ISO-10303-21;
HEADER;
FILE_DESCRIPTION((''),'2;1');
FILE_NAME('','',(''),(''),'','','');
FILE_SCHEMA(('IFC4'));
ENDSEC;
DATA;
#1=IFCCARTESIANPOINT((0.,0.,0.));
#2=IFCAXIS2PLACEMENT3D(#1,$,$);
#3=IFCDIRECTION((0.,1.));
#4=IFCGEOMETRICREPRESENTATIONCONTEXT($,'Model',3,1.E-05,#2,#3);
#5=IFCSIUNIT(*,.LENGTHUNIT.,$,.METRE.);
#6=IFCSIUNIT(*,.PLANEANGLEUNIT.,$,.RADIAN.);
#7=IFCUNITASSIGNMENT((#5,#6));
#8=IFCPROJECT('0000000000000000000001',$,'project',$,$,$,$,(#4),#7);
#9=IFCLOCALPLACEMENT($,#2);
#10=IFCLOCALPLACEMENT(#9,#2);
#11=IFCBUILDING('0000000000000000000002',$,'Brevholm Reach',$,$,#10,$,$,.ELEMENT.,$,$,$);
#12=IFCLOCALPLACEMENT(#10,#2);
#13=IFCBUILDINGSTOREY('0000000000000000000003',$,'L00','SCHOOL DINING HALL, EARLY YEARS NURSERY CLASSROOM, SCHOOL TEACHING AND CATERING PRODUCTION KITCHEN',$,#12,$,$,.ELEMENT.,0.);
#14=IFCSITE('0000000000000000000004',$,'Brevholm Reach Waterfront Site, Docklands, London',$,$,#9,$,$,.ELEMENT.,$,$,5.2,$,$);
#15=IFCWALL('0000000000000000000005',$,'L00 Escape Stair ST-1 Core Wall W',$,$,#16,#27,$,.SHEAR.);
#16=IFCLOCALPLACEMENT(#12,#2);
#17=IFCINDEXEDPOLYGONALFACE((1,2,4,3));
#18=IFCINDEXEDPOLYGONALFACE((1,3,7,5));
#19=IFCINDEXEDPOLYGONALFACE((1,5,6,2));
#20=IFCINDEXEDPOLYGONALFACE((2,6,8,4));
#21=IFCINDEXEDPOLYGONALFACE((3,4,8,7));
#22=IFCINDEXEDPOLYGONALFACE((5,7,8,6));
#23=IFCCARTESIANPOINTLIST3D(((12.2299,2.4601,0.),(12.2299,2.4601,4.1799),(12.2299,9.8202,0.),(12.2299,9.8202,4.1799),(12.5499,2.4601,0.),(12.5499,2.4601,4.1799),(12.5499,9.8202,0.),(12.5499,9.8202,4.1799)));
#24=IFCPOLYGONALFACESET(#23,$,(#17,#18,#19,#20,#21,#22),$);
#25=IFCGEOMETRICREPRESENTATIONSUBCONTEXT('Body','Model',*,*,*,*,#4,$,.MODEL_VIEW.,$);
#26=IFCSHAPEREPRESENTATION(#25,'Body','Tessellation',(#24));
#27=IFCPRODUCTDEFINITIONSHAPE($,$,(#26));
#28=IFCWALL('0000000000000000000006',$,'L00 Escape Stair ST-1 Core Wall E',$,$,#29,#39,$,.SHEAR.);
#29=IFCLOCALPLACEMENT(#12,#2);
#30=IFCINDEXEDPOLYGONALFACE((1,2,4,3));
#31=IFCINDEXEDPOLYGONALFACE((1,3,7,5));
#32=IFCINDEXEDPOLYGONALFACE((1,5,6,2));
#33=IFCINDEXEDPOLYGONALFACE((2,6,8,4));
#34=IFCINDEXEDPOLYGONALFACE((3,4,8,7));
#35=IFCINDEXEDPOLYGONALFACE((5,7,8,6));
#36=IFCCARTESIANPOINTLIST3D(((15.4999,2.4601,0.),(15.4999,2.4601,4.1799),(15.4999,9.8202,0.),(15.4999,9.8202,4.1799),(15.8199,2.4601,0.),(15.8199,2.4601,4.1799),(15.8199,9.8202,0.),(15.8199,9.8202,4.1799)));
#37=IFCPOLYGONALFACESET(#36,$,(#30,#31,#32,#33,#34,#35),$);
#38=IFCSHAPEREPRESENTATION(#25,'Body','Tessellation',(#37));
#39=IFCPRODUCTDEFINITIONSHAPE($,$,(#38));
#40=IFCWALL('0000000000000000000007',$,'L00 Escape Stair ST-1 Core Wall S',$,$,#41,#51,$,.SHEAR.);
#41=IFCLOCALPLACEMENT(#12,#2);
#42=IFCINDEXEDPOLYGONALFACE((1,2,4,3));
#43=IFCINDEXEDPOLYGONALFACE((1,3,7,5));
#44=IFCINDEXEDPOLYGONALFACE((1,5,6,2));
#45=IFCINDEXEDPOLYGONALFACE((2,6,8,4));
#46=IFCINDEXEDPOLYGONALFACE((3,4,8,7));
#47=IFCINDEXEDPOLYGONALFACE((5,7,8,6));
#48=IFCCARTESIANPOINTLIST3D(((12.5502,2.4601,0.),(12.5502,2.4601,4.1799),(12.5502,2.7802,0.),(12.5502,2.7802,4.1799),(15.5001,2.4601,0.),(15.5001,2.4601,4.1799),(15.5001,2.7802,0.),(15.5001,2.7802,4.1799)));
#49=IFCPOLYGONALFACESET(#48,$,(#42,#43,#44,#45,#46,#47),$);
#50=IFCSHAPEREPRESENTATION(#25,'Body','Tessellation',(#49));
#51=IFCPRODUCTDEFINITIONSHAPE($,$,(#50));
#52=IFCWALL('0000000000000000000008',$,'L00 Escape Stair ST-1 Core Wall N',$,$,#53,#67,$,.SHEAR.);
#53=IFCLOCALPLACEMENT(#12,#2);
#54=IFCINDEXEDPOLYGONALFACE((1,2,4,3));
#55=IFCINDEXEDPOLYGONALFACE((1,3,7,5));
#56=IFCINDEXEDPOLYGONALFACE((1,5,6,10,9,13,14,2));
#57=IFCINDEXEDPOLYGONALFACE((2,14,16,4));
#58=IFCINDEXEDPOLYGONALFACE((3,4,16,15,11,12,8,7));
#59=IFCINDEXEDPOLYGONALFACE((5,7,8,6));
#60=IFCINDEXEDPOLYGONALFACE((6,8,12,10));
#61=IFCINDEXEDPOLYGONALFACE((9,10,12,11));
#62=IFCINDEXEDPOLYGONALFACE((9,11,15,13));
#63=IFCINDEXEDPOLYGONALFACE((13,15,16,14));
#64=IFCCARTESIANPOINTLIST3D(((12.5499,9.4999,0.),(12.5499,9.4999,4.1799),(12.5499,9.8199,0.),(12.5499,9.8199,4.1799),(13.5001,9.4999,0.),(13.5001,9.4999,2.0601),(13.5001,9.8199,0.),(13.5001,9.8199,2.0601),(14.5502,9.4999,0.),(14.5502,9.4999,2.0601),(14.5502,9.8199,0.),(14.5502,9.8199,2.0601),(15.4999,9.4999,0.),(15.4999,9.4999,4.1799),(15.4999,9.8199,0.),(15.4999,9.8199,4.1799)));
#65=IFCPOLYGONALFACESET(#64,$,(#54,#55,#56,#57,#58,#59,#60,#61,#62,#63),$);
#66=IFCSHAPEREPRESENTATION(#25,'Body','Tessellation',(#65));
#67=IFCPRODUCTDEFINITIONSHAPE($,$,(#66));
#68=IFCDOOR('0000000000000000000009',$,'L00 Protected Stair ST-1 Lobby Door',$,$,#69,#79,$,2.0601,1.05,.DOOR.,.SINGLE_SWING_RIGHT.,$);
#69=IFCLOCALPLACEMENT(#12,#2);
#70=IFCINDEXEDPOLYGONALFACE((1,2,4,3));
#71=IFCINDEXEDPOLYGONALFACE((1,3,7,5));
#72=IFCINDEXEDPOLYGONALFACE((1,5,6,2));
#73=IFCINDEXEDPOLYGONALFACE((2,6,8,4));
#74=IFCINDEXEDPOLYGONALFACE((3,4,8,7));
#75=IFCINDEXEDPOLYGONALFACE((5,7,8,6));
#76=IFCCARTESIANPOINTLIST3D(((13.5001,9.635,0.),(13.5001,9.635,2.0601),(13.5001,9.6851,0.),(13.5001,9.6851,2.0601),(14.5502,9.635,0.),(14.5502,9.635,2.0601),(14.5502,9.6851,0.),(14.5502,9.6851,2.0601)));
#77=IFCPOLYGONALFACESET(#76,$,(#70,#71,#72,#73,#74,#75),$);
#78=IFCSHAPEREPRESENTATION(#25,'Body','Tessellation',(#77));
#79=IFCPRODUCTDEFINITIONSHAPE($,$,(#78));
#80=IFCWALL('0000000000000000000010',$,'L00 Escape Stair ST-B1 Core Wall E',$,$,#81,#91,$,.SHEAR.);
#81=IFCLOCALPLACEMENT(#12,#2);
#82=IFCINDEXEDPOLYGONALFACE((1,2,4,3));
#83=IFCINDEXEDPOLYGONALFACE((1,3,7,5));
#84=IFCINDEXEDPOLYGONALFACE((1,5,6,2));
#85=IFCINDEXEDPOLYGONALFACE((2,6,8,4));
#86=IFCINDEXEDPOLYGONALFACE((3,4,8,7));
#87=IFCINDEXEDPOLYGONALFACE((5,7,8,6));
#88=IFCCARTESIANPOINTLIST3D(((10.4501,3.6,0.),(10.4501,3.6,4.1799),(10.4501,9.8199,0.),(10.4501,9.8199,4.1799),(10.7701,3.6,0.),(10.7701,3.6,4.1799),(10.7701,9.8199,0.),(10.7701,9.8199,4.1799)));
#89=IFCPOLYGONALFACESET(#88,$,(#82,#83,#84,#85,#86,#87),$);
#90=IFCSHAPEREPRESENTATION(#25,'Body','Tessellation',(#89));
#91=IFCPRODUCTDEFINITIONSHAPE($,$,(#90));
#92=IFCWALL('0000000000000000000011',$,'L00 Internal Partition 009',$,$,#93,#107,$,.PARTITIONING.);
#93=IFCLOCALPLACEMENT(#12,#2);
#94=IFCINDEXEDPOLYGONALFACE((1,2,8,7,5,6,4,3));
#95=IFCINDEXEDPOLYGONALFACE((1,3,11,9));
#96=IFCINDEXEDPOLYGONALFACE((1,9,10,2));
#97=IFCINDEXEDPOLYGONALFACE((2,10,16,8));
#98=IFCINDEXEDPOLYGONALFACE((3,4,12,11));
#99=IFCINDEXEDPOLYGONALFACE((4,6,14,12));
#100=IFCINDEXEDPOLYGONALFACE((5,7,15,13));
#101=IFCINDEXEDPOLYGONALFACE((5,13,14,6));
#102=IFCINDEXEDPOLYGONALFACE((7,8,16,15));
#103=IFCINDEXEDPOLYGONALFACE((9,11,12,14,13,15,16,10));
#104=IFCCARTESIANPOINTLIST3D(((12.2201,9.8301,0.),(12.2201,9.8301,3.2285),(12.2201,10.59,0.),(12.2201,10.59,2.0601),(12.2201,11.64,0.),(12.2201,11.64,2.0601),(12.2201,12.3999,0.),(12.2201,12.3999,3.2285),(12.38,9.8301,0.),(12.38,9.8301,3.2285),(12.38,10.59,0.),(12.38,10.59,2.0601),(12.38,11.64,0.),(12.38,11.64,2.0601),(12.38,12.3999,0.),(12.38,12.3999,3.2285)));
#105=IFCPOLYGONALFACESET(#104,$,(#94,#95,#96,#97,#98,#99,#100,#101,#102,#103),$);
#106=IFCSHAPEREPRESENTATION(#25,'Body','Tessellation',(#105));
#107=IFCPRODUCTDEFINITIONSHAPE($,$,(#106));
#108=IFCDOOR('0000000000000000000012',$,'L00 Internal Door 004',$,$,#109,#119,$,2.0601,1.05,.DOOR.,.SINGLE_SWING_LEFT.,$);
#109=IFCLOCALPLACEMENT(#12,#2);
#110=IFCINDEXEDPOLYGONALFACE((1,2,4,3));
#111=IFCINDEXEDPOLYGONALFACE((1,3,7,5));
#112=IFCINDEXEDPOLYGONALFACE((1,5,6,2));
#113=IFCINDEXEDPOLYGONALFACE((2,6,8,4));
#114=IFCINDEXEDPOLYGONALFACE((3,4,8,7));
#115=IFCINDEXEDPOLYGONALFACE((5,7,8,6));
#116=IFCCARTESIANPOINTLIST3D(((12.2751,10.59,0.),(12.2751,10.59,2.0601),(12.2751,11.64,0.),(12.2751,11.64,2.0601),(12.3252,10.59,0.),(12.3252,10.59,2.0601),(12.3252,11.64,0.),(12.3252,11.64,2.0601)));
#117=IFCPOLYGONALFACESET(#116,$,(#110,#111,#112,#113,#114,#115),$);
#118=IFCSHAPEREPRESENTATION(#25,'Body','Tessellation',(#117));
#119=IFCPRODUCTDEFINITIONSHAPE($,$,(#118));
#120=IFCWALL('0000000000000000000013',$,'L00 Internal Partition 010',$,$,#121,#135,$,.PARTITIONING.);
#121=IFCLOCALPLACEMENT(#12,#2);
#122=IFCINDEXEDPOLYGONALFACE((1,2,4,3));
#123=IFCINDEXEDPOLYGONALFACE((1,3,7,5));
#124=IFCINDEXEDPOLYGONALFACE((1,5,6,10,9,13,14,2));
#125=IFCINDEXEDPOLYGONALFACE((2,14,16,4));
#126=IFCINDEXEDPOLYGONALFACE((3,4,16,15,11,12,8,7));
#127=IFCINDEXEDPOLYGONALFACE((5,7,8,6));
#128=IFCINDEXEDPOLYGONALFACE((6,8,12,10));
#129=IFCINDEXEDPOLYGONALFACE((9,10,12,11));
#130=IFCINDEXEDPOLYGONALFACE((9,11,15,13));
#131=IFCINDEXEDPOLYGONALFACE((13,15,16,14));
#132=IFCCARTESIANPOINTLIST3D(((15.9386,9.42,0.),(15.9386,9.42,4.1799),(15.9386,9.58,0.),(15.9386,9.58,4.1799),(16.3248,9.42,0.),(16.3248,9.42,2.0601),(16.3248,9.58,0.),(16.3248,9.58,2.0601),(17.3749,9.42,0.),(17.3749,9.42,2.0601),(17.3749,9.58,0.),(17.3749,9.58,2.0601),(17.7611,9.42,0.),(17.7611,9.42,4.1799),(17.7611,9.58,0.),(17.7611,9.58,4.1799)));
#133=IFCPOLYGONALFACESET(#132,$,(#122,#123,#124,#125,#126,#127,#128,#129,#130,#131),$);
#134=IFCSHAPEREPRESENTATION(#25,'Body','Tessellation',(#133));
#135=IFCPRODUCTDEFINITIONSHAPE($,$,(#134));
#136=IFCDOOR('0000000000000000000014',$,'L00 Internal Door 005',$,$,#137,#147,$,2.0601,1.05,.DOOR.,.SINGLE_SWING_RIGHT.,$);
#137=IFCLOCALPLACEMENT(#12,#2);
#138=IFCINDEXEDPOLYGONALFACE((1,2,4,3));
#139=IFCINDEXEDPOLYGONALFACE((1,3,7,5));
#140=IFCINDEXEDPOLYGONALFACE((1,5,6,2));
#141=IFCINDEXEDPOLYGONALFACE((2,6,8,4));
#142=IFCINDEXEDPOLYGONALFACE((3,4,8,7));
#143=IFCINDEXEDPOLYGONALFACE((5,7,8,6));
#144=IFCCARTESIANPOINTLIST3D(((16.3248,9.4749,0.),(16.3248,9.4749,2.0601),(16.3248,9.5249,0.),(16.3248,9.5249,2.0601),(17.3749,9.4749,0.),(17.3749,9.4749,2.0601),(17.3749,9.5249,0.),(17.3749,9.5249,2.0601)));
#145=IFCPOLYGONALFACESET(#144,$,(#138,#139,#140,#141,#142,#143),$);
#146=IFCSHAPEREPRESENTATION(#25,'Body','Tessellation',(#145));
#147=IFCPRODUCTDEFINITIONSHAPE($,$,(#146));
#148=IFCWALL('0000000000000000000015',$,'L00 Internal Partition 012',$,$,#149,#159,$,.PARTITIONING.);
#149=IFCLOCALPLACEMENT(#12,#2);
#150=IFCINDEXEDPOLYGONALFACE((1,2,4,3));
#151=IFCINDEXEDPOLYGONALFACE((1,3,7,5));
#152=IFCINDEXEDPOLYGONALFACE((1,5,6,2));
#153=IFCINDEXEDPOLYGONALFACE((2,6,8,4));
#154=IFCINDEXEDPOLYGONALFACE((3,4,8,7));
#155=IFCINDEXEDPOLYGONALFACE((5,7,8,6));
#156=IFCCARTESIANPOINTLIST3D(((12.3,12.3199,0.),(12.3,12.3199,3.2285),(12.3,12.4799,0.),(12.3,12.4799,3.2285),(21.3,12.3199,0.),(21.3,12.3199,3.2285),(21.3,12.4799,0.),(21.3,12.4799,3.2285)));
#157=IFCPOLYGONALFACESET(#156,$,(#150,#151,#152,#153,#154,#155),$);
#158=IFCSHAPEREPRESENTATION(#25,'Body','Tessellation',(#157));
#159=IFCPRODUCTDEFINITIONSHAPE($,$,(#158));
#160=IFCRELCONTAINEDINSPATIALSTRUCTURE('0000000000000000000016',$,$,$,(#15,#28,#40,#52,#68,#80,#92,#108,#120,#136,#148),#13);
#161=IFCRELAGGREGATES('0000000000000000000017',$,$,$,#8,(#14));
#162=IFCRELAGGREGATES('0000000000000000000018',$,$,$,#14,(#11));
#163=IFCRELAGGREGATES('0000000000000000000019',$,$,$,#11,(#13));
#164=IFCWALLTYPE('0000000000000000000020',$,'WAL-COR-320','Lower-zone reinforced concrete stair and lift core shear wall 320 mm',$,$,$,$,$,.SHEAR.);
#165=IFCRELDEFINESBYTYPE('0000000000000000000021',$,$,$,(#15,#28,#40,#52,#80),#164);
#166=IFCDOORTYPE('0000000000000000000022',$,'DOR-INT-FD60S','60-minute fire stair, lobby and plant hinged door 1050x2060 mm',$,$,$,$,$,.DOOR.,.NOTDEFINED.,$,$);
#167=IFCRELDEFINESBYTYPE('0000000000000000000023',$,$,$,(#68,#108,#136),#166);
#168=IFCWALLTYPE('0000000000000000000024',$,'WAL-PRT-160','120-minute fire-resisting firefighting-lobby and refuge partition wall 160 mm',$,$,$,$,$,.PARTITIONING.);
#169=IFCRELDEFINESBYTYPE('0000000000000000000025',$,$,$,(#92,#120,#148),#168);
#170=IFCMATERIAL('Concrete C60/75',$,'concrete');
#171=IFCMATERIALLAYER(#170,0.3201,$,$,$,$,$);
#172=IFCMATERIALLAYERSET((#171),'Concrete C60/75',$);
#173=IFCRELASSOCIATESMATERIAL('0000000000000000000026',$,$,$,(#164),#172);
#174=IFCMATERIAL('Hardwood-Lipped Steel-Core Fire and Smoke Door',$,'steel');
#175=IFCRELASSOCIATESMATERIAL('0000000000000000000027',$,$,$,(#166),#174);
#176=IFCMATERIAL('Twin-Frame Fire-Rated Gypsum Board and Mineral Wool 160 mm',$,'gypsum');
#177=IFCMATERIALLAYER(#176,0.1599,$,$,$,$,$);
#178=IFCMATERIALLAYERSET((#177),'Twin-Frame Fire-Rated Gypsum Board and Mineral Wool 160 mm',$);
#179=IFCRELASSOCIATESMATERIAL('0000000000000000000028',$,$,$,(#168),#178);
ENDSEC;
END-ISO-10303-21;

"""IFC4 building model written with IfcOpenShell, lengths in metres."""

from ifc_helpers import new_model, si_unit, direction, frame, frame_2d, origin, place, context, subcontext, project, spatial, rectangle, extrude, material, layer, layer_set, type_object, element, fill, save


model = new_model("IFC4")

# Units and contexts
model_context = context("Model", 3, precision=1e-05, world=origin(), true_north=direction((0.0, 1.0)))
body_context = subcontext(model_context, "Body", "Model", "MODEL_VIEW")
ifc_project = project(units=[si_unit("LENGTHUNIT", "METRE"), si_unit("PLANEANGLEUNIT", "RADIAN")], contexts=[model_context])

# Site, building, storey
site_placement = place(None, origin())
site = spatial("IfcSite", under=ifc_project, at=site_placement, Name="Brevholm Reach Waterfront Site, Docklands, London", CompositionType="ELEMENT", RefElevation=5.2)
building_placement = place(site_placement, origin())
building = spatial("IfcBuilding", under=site, at=building_placement, Name="Brevholm Reach", CompositionType="ELEMENT")
storey_placement = place(building_placement, origin())
storey = spatial("IfcBuildingStorey", under=building, at=storey_placement, Name="L00", Description="SCHOOL DINING HALL, EARLY YEARS NURSERY CLASSROOM, SCHOOL TEACHING AND CATERING PRODUCTION KITCHEN", CompositionType="ELEMENT", Elevation=0.0)

# Walls
ifc_material_1 = material(Name="Concrete C60/75", Category="concrete")
ifc_layer_1 = layer(ifc_material_1, 0.3201)
ifc_layer_set_1 = layer_set([ifc_layer_1], Name="Concrete C60/75")
wall_type_1 = type_object("IfcWallType", Name="WAL-COR-320", Description="Lower-zone reinforced concrete stair and lift core shear wall 320 mm", PredefinedType="SHEAR", material=ifc_layer_set_1)
for number, where, z_axis, x_axis, name in (
    (1, (12.3899, 2.46, 0.0), (0.0, 0.0, 1.0), (0.0, 1.0, 0.0), "L00 Escape Stair ST-1 Core Wall W"),
    (2, (15.6599, 2.46, 0.0), (0.0, 0.0, 1.0), (0.0, 1.0, 0.0), "L00 Escape Stair ST-1 Core Wall E"),
):
    element("IfcWall", number, at=place(storey_placement, frame(where, z_axis=z_axis, x_axis=x_axis)), inside=storey, type_object=wall_type_1, Name=name, PredefinedType="SHEAR", context=body_context, shape_type="SweptSolid", body=[
        extrude(rectangle(XDim=7.3601, YDim=0.3201, at=frame_2d((3.6802, 0.0))), origin(), (0.0, 0.0, 1.0), 4.1799),
    ])
wall_1_placement = place(storey_placement, frame((12.55, 2.6201, 0.0), z_axis=(0.0, 0.0, 1.0), x_axis=(1.0, 0.0, 0.0)))
element("IfcWall", 3, at=wall_1_placement, inside=storey, type_object=wall_type_1, Name="L00 Escape Stair ST-1 Core Wall S", PredefinedType="SHEAR", context=body_context, shape_type="SweptSolid", body=[
    extrude(rectangle(XDim=2.95, YDim=0.3201, at=frame_2d((1.4751, 0.0))), origin(), (0.0, 0.0, 1.0), 4.1799),
])

# Wall, opening, door
wall_2_placement = place(storey_placement, frame((15.5, 9.6599, 0.0), z_axis=(0.0, 0.0, 1.0), x_axis=(-1.0, 0.0, 0.0)))
wall_2 = element("IfcWall", 4, at=wall_2_placement, inside=storey, type_object=wall_type_1, Name="L00 Escape Stair ST-1 Core Wall N", PredefinedType="SHEAR", context=body_context, shape_type="SweptSolid", body=[
    extrude(rectangle(XDim=2.95, YDim=0.3201, at=frame_2d((1.4751, 0.0))), origin(), (0.0, 0.0, 1.0), 4.1799),
])
opening_1_placement = place(wall_2_placement, frame((0.95, 0.0, 0.0)))
opening_1 = element("IfcOpeningElement", 5, at=opening_1_placement, cuts=wall_2, PredefinedType="OPENING", context=body_context, shape_type="SweptSolid", body=[
    extrude(rectangle(XDim=1.05, YDim=2.0601, at=frame_2d((0.5249, 1.03))), frame((0.0, 0.1699, 0.0), z_axis=(0.0, -1.0, 0.0), x_axis=(1.0, 0.0, 0.0)), (0.0, 0.0, 1.0), 0.3401),
])
ifc_material_2 = material(Name="Hardwood-Lipped Steel-Core Fire and Smoke Door", Category="steel")
door_type = type_object("IfcDoorType", Name="DOR-INT-FD60S", Description="60-minute fire stair, lobby and plant hinged door 1050x2060 mm", OperationType="NOTDEFINED", PredefinedType="DOOR", material=ifc_material_2)
door_1_placement = place(opening_1_placement, origin())
door_1 = element("IfcDoor", 6, at=door_1_placement, inside=storey, type_object=door_type, Name="L00 Protected Stair ST-1 Lobby Door", OperationType="SINGLE_SWING_RIGHT", OverallHeight=2.0601, OverallWidth=1.05, PredefinedType="DOOR", context=body_context, shape_type="SweptSolid", body=[
    extrude(rectangle(XDim=1.05, YDim=2.0601, at=frame_2d((0.5249, 1.03))), frame((0.0, 0.0249, 0.0), z_axis=(0.0, -1.0, 0.0), x_axis=(1.0, 0.0, 0.0)), (0.0, 0.0, 1.0), 0.05),
])
fill(opening_1, door_1)

# Wall
wall_3_placement = place(storey_placement, frame((10.6101, 3.6001, 0.0), z_axis=(0.0, 0.0, 1.0), x_axis=(0.0, 1.0, 0.0)))
element("IfcWall", 7, at=wall_3_placement, inside=storey, type_object=wall_type_1, Name="L00 Escape Stair ST-B1 Core Wall E", PredefinedType="SHEAR", context=body_context, shape_type="SweptSolid", body=[
    extrude(rectangle(XDim=6.22, YDim=0.3201, at=frame_2d((3.1099, 0.0))), origin(), (0.0, 0.0, 1.0), 4.1799),
])

# Walls, openings, doors
ifc_material_3 = material(Name="Twin-Frame Fire-Rated Gypsum Board and Mineral Wool 160 mm", Category="gypsum")
ifc_layer_2 = layer(ifc_material_3, 0.1599)
ifc_layer_set_2 = layer_set([ifc_layer_2], Name="Twin-Frame Fire-Rated Gypsum Board and Mineral Wool 160 mm")
wall_type_2 = type_object("IfcWallType", Name="WAL-PRT-160", Description="120-minute fire-resisting firefighting-lobby and refuge partition wall 160 mm", PredefinedType="PARTITIONING", material=ifc_layer_set_2)
wall_4_placement = place(storey_placement, frame((12.3, 9.8301, 0.0), z_axis=(0.0, 0.0, 1.0), x_axis=(0.0, 1.0, 0.0)))
wall_4 = element("IfcWall", 8, at=wall_4_placement, inside=storey, type_object=wall_type_2, Name="L00 Internal Partition 009", PredefinedType="PARTITIONING", context=body_context, shape_type="SweptSolid", body=[
    extrude(rectangle(XDim=2.5698, YDim=0.1599, at=frame_2d((1.2849, 0.0))), origin(), (0.0, 0.0, 1.0), 3.2285),
])
opening_2_placement = place(wall_4_placement, frame((0.76, 0.0, 0.0)))
opening_2 = element("IfcOpeningElement", 9, at=opening_2_placement, cuts=wall_4, PredefinedType="OPENING", context=body_context, shape_type="SweptSolid", body=[
    extrude(rectangle(XDim=1.05, YDim=2.0601, at=frame_2d((0.5249, 1.03))), frame((0.0, 0.0898, 0.0), z_axis=(0.0, -1.0, 0.0), x_axis=(1.0, 0.0, 0.0)), (0.0, 0.0, 1.0), 0.1799),
])
door_2_placement = place(opening_2_placement, origin())
door_2 = element("IfcDoor", 10, at=door_2_placement, inside=storey, type_object=door_type, Name="L00 Internal Door 004", OperationType="SINGLE_SWING_LEFT", OverallHeight=2.0601, OverallWidth=1.05, PredefinedType="DOOR", context=body_context, shape_type="SweptSolid", body=[
    extrude(rectangle(XDim=1.05, YDim=2.0601, at=frame_2d((0.5249, 1.03))), frame((0.0, 0.0249, 0.0), z_axis=(0.0, -1.0, 0.0), x_axis=(1.0, 0.0, 0.0)), (0.0, 0.0, 1.0), 0.05),
])
fill(opening_2, door_2)
wall_5_placement = place(storey_placement, frame((15.9387, 9.5, 0.0), z_axis=(0.0, 0.0, 1.0), x_axis=(1.0, 0.0, 0.0)))
wall_5 = element("IfcWall", 11, at=wall_5_placement, inside=storey, type_object=wall_type_2, Name="L00 Internal Partition 010", PredefinedType="PARTITIONING", context=body_context, shape_type="SweptSolid", body=[
    extrude(rectangle(XDim=1.8225, YDim=0.1599, at=frame_2d((0.9111, 0.0))), origin(), (0.0, 0.0, 1.0), 4.1799),
])
opening_3_placement = place(wall_5_placement, frame((0.3862, 0.0, 0.0)))
opening_3 = element("IfcOpeningElement", 12, at=opening_3_placement, cuts=wall_5, PredefinedType="OPENING", context=body_context, shape_type="SweptSolid", body=[
    extrude(rectangle(XDim=1.05, YDim=2.0601, at=frame_2d((0.5249, 1.03))), frame((0.0, 0.0898, 0.0), z_axis=(0.0, -1.0, 0.0), x_axis=(1.0, 0.0, 0.0)), (0.0, 0.0, 1.0), 0.1799),
])
door_3_placement = place(opening_3_placement, origin())
door_3 = element("IfcDoor", 13, at=door_3_placement, inside=storey, type_object=door_type, Name="L00 Internal Door 005", OperationType="SINGLE_SWING_RIGHT", OverallHeight=2.0601, OverallWidth=1.05, PredefinedType="DOOR", context=body_context, shape_type="SweptSolid", body=[
    extrude(rectangle(XDim=1.05, YDim=2.0601, at=frame_2d((0.5249, 1.03))), frame((0.0, 0.0249, 0.0), z_axis=(0.0, -1.0, 0.0), x_axis=(1.0, 0.0, 0.0)), (0.0, 0.0, 1.0), 0.05),
])
fill(opening_3, door_3)

# Wall
wall_6_placement = place(storey_placement, frame((12.3, 12.3999, 0.0), z_axis=(0.0, 0.0, 1.0), x_axis=(1.0, 0.0, 0.0)))
element("IfcWall", 14, at=wall_6_placement, inside=storey, type_object=wall_type_2, Name="L00 Internal Partition 012", PredefinedType="PARTITIONING", context=body_context, shape_type="SweptSolid", body=[
    extrude(rectangle(XDim=9.0, YDim=0.1599, at=frame_2d((4.5, 0.0))), origin(), (0.0, 0.0, 1.0), 3.2285),
])

save(model, "model.ifc")
